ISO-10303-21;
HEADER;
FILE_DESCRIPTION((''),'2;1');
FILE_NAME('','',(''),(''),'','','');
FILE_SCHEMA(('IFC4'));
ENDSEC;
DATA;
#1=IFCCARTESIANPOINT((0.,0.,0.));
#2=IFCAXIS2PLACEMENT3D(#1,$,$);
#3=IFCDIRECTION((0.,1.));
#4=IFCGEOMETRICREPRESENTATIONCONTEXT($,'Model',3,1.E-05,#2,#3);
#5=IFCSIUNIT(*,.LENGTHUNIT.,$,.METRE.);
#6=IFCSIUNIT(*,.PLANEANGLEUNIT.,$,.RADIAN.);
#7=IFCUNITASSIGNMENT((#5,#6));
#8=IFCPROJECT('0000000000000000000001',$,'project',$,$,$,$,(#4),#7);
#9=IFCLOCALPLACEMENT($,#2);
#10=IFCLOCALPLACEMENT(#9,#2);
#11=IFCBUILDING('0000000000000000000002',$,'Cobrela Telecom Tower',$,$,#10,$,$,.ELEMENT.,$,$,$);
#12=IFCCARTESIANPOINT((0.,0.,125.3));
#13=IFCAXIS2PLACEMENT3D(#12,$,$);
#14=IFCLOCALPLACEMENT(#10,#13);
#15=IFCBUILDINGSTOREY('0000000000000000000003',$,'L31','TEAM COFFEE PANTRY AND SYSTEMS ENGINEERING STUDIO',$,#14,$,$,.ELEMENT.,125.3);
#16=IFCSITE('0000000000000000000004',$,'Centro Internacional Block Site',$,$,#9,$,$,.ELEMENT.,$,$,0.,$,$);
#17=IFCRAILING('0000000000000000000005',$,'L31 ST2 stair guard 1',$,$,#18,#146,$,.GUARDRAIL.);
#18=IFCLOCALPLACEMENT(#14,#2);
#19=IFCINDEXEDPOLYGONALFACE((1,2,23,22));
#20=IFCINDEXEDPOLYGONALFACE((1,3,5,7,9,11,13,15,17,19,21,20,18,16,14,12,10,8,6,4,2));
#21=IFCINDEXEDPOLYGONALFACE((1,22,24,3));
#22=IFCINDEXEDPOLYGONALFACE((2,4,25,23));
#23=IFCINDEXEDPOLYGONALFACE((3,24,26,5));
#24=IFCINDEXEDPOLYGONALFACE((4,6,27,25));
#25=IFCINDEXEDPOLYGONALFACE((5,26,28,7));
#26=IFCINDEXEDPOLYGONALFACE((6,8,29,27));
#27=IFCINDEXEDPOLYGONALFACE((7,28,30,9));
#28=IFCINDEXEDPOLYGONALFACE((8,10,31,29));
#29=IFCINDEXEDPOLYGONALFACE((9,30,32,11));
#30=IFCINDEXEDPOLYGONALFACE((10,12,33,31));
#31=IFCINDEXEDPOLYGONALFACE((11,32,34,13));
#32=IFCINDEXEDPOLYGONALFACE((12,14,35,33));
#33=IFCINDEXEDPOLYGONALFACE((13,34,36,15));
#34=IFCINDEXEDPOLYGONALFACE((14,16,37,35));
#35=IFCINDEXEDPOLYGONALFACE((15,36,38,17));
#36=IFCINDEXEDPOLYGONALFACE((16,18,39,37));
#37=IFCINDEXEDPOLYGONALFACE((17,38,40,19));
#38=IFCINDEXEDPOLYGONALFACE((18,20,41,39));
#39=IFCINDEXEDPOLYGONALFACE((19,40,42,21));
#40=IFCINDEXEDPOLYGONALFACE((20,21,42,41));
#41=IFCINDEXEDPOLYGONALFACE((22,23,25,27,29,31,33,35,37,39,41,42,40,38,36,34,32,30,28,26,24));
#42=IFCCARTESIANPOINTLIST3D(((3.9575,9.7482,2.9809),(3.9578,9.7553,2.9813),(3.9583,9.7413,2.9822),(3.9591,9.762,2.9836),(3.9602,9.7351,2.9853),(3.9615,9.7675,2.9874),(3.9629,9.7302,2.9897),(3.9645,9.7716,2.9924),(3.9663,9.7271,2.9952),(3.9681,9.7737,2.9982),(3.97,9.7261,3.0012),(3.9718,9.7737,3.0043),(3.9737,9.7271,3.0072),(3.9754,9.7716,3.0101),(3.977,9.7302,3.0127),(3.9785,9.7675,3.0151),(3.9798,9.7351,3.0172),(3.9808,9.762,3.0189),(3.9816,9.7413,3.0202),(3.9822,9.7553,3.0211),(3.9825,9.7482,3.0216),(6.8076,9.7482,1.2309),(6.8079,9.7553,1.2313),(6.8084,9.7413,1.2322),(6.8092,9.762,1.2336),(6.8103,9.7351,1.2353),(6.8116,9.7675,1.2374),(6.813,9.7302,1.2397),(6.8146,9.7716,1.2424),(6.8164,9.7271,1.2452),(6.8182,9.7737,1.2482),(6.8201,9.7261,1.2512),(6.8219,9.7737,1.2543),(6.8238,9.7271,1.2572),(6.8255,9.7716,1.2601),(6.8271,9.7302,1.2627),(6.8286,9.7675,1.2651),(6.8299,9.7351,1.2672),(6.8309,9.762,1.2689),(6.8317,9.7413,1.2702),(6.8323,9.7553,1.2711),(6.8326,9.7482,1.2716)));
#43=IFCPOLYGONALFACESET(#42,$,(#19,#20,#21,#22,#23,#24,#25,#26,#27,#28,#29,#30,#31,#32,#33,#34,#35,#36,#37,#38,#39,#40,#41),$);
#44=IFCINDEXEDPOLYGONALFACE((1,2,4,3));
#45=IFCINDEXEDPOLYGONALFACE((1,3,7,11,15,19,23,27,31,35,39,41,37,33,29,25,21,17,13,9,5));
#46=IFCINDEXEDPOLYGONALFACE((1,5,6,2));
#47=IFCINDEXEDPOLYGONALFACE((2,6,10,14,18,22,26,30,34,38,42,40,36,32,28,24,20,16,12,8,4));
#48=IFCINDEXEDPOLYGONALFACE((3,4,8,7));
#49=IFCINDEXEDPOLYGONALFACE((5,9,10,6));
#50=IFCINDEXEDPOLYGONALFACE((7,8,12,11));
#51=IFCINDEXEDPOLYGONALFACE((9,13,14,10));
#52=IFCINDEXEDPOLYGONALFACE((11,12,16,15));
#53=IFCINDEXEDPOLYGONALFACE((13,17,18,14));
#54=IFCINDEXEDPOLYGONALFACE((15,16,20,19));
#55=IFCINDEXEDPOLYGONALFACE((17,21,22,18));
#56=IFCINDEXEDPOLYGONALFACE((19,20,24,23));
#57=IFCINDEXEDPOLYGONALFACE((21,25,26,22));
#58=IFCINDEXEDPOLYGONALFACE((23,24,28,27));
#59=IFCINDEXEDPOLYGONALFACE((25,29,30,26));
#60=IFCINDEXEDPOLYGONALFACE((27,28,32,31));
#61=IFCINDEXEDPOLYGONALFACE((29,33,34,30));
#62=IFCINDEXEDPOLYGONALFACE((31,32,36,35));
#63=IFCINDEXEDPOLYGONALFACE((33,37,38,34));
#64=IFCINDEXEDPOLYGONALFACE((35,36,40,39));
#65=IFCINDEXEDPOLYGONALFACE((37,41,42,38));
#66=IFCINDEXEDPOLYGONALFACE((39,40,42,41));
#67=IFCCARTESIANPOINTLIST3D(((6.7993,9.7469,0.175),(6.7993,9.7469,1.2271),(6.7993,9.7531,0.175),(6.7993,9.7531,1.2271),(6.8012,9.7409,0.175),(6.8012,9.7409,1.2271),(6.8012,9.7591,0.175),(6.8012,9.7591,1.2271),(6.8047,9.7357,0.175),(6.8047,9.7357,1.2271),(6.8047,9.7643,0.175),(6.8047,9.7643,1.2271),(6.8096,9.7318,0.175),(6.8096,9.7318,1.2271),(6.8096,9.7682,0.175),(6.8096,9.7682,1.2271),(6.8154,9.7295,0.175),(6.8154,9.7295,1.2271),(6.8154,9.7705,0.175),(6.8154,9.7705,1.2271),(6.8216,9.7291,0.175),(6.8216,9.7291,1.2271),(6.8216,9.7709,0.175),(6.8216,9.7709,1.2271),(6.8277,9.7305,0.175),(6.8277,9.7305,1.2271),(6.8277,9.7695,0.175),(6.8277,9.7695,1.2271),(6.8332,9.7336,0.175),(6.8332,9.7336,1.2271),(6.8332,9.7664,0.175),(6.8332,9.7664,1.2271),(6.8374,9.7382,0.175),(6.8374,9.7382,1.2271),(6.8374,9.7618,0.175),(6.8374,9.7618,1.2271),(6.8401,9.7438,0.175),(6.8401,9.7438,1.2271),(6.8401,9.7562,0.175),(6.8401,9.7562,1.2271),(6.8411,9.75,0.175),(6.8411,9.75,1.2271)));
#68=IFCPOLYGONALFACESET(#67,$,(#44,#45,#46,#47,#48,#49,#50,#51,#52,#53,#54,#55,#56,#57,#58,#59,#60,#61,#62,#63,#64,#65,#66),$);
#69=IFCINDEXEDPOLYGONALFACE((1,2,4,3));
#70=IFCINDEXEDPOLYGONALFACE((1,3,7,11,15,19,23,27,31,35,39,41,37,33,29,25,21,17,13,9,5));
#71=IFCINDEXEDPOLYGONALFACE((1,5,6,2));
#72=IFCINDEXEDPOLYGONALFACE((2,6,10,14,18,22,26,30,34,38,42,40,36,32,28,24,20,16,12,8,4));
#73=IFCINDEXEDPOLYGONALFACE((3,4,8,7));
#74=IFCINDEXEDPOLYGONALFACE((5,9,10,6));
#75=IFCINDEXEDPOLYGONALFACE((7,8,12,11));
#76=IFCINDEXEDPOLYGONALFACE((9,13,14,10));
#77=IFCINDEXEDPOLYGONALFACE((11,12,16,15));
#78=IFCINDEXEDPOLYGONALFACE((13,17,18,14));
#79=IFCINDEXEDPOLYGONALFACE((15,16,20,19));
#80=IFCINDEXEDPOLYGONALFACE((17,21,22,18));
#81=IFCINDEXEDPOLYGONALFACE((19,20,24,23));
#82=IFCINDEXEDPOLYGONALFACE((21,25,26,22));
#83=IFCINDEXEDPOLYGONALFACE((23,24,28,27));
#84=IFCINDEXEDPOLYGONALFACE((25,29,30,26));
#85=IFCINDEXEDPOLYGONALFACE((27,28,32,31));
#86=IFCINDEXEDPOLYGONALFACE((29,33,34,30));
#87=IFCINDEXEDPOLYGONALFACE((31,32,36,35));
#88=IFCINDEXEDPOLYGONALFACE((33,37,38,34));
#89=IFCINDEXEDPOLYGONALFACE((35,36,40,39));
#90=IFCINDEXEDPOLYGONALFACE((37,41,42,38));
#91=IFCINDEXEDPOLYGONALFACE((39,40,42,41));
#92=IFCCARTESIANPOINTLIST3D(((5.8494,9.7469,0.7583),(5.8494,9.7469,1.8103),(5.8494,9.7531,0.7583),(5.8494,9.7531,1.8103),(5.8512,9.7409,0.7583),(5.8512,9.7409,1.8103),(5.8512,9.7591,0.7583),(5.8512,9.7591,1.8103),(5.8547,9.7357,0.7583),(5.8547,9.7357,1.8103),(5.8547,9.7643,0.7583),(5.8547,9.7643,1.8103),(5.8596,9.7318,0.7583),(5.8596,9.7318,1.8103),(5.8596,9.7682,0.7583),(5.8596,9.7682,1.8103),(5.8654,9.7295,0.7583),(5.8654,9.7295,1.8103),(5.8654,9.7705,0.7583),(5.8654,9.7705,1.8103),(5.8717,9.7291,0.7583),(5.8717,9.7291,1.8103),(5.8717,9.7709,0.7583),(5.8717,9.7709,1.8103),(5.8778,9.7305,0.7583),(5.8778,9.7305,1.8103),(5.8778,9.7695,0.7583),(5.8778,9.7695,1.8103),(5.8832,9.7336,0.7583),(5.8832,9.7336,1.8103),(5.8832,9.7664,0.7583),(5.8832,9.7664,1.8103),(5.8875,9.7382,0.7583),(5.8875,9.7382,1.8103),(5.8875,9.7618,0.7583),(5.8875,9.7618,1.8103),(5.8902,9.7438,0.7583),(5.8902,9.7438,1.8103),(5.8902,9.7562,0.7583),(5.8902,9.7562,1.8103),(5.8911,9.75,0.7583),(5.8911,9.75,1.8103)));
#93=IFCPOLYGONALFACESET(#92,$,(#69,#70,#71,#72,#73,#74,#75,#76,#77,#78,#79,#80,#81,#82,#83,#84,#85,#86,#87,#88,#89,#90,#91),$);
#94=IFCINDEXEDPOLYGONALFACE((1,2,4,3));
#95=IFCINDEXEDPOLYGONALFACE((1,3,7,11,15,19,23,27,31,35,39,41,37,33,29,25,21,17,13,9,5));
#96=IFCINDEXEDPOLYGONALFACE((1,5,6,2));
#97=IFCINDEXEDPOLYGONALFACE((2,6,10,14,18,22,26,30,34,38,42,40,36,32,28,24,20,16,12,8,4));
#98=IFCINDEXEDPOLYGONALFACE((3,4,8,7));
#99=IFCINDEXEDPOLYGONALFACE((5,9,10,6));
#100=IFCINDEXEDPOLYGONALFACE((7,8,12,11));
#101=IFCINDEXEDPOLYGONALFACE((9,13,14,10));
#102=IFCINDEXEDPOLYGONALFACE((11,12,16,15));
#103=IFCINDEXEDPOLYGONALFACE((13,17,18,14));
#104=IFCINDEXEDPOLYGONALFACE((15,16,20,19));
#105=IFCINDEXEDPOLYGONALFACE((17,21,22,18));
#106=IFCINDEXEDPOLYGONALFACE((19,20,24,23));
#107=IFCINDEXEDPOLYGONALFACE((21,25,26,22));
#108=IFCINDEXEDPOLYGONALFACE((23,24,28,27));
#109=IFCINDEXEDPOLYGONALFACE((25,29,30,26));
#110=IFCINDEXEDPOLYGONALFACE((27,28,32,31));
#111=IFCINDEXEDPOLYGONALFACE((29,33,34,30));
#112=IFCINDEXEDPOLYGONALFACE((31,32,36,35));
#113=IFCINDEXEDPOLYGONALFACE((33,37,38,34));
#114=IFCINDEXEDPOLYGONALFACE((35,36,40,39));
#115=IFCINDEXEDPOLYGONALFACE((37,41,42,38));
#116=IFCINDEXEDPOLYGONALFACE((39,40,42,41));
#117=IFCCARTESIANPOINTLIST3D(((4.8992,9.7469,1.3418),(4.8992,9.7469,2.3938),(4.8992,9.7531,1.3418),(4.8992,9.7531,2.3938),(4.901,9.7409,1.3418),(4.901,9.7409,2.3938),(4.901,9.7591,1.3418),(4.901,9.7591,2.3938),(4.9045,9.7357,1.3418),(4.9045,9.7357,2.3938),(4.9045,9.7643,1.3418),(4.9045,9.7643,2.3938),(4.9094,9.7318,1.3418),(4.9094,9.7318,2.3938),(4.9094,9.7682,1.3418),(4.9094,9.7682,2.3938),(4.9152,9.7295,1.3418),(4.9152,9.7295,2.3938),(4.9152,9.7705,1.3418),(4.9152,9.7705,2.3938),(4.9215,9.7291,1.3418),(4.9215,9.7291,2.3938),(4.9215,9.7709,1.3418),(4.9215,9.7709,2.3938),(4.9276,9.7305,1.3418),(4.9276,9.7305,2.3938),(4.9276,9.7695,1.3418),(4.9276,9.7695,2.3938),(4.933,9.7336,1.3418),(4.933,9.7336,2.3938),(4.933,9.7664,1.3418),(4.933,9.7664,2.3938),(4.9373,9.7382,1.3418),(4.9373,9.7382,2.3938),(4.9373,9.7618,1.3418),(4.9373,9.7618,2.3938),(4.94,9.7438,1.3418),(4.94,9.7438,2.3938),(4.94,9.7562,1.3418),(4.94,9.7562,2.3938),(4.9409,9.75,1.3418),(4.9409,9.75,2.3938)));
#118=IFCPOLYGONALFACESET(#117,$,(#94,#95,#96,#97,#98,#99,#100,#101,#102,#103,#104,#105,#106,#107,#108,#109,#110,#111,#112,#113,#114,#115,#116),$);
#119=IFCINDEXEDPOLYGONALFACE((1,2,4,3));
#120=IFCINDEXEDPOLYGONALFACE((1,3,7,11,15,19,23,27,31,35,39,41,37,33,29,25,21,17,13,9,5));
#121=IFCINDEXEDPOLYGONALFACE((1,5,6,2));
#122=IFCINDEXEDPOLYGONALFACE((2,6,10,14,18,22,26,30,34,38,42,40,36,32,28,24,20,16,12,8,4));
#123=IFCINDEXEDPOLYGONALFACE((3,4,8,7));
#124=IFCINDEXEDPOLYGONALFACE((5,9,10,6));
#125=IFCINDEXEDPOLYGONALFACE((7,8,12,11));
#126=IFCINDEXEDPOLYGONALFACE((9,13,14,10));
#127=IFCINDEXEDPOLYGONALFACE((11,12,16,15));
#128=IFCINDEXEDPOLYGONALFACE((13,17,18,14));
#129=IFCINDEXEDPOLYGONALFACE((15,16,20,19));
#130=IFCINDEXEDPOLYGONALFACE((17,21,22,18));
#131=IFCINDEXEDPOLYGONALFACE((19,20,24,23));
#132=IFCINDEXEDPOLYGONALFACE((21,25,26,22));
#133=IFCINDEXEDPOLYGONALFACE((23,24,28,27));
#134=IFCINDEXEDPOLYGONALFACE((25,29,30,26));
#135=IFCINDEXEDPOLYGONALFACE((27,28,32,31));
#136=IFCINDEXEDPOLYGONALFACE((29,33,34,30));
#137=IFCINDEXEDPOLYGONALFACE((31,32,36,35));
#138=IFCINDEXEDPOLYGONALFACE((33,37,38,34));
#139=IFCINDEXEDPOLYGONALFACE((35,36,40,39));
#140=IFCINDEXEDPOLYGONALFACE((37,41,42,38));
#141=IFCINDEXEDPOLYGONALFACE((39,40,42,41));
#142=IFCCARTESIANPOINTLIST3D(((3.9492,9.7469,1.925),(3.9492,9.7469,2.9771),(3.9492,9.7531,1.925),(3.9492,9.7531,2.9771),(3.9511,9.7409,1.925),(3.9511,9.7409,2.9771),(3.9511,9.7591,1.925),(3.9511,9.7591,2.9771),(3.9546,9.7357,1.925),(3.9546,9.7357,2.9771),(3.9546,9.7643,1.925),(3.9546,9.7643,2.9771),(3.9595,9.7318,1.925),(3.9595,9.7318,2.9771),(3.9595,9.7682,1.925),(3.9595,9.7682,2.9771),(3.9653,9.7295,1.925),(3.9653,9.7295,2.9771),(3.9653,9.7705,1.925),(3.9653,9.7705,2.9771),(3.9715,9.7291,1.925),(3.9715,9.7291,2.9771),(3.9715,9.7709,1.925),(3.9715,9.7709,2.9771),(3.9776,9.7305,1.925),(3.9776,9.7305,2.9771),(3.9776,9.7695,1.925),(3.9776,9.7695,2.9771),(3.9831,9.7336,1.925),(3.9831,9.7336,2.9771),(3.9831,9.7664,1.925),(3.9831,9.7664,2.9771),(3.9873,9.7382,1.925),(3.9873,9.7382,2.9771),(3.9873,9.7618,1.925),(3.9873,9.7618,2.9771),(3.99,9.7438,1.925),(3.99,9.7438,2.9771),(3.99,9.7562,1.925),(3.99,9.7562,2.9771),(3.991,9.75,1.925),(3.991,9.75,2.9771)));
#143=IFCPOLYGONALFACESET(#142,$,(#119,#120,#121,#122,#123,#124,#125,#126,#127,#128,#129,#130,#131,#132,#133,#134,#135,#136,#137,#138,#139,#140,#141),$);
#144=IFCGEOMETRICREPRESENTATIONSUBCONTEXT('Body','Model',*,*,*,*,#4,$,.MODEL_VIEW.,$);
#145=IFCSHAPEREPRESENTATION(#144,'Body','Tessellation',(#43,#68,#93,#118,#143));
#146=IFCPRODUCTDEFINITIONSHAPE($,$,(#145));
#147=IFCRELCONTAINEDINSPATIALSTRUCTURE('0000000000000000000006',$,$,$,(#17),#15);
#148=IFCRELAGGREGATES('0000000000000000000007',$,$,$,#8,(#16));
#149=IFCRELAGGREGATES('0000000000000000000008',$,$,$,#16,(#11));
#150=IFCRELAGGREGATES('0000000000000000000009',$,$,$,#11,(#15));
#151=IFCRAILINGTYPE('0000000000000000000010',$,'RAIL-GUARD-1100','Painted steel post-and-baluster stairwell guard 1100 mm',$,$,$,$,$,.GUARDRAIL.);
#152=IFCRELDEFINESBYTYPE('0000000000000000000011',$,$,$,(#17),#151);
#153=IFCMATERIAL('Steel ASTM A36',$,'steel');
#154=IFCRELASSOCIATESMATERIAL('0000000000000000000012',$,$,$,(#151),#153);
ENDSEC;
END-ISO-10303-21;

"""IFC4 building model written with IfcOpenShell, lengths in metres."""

from ifc_helpers import new_model, si_unit, direction, frame, origin, origin_2d, place, context, subcontext, project, spatial, circle, extrude, material, type_object, element, save


model = new_model("IFC4")

# Units and contexts
model_context = context("Model", 3, precision=1e-05, world=origin(), true_north=direction((0.0, 1.0)))
body_context = subcontext(model_context, "Body", "Model", "MODEL_VIEW")
ifc_project = project(units=[si_unit("LENGTHUNIT", "METRE"), si_unit("PLANEANGLEUNIT", "RADIAN")], contexts=[model_context])

# Site, building, storey
site_placement = place(None, origin())
site = spatial("IfcSite", under=ifc_project, at=site_placement, Name="Centro Internacional Block Site", CompositionType="ELEMENT", RefElevation=0.0)
building_placement = place(site_placement, origin())
building = spatial("IfcBuilding", under=site, at=building_placement, Name="Cobrela Telecom Tower", CompositionType="ELEMENT")
storey_placement = place(building_placement, frame((0.0, 0.0, 125.3)))
storey = spatial("IfcBuildingStorey", under=building, at=storey_placement, Name="L31", Description="TEAM COFFEE PANTRY AND SYSTEMS ENGINEERING STUDIO", CompositionType="ELEMENT", Elevation=125.3)

# Shared definitions
ifc_material_1 = material(Name="Steel ASTM A36", Category="steel")

# Railing
railing_type_1 = type_object("IfcRailingType", Name="RAIL-GUARD-1100", Description="Painted steel post-and-baluster stairwell guard 1100 mm", PredefinedType="GUARDRAIL", material=ifc_material_1)
railing_1_placement = place(storey_placement, frame((6.8201, 9.75, 0.175)))
element("IfcRailing", 1, at=railing_1_placement, inside=storey, type_object=railing_type_1, Name="L31 ST2 stair guard 1", PredefinedType="GUARDRAIL", context=body_context, shape_type="SweptSolid", body=[
    extrude(circle(Radius=0.0239, at=origin_2d()), frame((0.0, 0.0, 1.0762), z_axis=(-0.852179, 0.0, 0.52325), x_axis=(0.0, -1.0, 0.0)), (0.0, 0.0, 1.0), 3.3445),
    extrude(circle(Radius=0.021, at=origin_2d()), origin(), (0.0, 0.0, 1.0), 1.052),
    extrude(circle(Radius=0.021, at=origin_2d()), frame((-0.95, 0.0, 0.5833)), (0.0, 0.0, 1.0), 1.052),
    extrude(circle(Radius=0.021, at=origin_2d()), frame((-1.9001, 0.0, 1.1667)), (0.0, 0.0, 1.0), 1.052),
    extrude(circle(Radius=0.021, at=origin_2d()), frame((-2.8501, 0.0, 1.75)), (0.0, 0.0, 1.0), 1.052),
])

save(model, "model.ifc")
